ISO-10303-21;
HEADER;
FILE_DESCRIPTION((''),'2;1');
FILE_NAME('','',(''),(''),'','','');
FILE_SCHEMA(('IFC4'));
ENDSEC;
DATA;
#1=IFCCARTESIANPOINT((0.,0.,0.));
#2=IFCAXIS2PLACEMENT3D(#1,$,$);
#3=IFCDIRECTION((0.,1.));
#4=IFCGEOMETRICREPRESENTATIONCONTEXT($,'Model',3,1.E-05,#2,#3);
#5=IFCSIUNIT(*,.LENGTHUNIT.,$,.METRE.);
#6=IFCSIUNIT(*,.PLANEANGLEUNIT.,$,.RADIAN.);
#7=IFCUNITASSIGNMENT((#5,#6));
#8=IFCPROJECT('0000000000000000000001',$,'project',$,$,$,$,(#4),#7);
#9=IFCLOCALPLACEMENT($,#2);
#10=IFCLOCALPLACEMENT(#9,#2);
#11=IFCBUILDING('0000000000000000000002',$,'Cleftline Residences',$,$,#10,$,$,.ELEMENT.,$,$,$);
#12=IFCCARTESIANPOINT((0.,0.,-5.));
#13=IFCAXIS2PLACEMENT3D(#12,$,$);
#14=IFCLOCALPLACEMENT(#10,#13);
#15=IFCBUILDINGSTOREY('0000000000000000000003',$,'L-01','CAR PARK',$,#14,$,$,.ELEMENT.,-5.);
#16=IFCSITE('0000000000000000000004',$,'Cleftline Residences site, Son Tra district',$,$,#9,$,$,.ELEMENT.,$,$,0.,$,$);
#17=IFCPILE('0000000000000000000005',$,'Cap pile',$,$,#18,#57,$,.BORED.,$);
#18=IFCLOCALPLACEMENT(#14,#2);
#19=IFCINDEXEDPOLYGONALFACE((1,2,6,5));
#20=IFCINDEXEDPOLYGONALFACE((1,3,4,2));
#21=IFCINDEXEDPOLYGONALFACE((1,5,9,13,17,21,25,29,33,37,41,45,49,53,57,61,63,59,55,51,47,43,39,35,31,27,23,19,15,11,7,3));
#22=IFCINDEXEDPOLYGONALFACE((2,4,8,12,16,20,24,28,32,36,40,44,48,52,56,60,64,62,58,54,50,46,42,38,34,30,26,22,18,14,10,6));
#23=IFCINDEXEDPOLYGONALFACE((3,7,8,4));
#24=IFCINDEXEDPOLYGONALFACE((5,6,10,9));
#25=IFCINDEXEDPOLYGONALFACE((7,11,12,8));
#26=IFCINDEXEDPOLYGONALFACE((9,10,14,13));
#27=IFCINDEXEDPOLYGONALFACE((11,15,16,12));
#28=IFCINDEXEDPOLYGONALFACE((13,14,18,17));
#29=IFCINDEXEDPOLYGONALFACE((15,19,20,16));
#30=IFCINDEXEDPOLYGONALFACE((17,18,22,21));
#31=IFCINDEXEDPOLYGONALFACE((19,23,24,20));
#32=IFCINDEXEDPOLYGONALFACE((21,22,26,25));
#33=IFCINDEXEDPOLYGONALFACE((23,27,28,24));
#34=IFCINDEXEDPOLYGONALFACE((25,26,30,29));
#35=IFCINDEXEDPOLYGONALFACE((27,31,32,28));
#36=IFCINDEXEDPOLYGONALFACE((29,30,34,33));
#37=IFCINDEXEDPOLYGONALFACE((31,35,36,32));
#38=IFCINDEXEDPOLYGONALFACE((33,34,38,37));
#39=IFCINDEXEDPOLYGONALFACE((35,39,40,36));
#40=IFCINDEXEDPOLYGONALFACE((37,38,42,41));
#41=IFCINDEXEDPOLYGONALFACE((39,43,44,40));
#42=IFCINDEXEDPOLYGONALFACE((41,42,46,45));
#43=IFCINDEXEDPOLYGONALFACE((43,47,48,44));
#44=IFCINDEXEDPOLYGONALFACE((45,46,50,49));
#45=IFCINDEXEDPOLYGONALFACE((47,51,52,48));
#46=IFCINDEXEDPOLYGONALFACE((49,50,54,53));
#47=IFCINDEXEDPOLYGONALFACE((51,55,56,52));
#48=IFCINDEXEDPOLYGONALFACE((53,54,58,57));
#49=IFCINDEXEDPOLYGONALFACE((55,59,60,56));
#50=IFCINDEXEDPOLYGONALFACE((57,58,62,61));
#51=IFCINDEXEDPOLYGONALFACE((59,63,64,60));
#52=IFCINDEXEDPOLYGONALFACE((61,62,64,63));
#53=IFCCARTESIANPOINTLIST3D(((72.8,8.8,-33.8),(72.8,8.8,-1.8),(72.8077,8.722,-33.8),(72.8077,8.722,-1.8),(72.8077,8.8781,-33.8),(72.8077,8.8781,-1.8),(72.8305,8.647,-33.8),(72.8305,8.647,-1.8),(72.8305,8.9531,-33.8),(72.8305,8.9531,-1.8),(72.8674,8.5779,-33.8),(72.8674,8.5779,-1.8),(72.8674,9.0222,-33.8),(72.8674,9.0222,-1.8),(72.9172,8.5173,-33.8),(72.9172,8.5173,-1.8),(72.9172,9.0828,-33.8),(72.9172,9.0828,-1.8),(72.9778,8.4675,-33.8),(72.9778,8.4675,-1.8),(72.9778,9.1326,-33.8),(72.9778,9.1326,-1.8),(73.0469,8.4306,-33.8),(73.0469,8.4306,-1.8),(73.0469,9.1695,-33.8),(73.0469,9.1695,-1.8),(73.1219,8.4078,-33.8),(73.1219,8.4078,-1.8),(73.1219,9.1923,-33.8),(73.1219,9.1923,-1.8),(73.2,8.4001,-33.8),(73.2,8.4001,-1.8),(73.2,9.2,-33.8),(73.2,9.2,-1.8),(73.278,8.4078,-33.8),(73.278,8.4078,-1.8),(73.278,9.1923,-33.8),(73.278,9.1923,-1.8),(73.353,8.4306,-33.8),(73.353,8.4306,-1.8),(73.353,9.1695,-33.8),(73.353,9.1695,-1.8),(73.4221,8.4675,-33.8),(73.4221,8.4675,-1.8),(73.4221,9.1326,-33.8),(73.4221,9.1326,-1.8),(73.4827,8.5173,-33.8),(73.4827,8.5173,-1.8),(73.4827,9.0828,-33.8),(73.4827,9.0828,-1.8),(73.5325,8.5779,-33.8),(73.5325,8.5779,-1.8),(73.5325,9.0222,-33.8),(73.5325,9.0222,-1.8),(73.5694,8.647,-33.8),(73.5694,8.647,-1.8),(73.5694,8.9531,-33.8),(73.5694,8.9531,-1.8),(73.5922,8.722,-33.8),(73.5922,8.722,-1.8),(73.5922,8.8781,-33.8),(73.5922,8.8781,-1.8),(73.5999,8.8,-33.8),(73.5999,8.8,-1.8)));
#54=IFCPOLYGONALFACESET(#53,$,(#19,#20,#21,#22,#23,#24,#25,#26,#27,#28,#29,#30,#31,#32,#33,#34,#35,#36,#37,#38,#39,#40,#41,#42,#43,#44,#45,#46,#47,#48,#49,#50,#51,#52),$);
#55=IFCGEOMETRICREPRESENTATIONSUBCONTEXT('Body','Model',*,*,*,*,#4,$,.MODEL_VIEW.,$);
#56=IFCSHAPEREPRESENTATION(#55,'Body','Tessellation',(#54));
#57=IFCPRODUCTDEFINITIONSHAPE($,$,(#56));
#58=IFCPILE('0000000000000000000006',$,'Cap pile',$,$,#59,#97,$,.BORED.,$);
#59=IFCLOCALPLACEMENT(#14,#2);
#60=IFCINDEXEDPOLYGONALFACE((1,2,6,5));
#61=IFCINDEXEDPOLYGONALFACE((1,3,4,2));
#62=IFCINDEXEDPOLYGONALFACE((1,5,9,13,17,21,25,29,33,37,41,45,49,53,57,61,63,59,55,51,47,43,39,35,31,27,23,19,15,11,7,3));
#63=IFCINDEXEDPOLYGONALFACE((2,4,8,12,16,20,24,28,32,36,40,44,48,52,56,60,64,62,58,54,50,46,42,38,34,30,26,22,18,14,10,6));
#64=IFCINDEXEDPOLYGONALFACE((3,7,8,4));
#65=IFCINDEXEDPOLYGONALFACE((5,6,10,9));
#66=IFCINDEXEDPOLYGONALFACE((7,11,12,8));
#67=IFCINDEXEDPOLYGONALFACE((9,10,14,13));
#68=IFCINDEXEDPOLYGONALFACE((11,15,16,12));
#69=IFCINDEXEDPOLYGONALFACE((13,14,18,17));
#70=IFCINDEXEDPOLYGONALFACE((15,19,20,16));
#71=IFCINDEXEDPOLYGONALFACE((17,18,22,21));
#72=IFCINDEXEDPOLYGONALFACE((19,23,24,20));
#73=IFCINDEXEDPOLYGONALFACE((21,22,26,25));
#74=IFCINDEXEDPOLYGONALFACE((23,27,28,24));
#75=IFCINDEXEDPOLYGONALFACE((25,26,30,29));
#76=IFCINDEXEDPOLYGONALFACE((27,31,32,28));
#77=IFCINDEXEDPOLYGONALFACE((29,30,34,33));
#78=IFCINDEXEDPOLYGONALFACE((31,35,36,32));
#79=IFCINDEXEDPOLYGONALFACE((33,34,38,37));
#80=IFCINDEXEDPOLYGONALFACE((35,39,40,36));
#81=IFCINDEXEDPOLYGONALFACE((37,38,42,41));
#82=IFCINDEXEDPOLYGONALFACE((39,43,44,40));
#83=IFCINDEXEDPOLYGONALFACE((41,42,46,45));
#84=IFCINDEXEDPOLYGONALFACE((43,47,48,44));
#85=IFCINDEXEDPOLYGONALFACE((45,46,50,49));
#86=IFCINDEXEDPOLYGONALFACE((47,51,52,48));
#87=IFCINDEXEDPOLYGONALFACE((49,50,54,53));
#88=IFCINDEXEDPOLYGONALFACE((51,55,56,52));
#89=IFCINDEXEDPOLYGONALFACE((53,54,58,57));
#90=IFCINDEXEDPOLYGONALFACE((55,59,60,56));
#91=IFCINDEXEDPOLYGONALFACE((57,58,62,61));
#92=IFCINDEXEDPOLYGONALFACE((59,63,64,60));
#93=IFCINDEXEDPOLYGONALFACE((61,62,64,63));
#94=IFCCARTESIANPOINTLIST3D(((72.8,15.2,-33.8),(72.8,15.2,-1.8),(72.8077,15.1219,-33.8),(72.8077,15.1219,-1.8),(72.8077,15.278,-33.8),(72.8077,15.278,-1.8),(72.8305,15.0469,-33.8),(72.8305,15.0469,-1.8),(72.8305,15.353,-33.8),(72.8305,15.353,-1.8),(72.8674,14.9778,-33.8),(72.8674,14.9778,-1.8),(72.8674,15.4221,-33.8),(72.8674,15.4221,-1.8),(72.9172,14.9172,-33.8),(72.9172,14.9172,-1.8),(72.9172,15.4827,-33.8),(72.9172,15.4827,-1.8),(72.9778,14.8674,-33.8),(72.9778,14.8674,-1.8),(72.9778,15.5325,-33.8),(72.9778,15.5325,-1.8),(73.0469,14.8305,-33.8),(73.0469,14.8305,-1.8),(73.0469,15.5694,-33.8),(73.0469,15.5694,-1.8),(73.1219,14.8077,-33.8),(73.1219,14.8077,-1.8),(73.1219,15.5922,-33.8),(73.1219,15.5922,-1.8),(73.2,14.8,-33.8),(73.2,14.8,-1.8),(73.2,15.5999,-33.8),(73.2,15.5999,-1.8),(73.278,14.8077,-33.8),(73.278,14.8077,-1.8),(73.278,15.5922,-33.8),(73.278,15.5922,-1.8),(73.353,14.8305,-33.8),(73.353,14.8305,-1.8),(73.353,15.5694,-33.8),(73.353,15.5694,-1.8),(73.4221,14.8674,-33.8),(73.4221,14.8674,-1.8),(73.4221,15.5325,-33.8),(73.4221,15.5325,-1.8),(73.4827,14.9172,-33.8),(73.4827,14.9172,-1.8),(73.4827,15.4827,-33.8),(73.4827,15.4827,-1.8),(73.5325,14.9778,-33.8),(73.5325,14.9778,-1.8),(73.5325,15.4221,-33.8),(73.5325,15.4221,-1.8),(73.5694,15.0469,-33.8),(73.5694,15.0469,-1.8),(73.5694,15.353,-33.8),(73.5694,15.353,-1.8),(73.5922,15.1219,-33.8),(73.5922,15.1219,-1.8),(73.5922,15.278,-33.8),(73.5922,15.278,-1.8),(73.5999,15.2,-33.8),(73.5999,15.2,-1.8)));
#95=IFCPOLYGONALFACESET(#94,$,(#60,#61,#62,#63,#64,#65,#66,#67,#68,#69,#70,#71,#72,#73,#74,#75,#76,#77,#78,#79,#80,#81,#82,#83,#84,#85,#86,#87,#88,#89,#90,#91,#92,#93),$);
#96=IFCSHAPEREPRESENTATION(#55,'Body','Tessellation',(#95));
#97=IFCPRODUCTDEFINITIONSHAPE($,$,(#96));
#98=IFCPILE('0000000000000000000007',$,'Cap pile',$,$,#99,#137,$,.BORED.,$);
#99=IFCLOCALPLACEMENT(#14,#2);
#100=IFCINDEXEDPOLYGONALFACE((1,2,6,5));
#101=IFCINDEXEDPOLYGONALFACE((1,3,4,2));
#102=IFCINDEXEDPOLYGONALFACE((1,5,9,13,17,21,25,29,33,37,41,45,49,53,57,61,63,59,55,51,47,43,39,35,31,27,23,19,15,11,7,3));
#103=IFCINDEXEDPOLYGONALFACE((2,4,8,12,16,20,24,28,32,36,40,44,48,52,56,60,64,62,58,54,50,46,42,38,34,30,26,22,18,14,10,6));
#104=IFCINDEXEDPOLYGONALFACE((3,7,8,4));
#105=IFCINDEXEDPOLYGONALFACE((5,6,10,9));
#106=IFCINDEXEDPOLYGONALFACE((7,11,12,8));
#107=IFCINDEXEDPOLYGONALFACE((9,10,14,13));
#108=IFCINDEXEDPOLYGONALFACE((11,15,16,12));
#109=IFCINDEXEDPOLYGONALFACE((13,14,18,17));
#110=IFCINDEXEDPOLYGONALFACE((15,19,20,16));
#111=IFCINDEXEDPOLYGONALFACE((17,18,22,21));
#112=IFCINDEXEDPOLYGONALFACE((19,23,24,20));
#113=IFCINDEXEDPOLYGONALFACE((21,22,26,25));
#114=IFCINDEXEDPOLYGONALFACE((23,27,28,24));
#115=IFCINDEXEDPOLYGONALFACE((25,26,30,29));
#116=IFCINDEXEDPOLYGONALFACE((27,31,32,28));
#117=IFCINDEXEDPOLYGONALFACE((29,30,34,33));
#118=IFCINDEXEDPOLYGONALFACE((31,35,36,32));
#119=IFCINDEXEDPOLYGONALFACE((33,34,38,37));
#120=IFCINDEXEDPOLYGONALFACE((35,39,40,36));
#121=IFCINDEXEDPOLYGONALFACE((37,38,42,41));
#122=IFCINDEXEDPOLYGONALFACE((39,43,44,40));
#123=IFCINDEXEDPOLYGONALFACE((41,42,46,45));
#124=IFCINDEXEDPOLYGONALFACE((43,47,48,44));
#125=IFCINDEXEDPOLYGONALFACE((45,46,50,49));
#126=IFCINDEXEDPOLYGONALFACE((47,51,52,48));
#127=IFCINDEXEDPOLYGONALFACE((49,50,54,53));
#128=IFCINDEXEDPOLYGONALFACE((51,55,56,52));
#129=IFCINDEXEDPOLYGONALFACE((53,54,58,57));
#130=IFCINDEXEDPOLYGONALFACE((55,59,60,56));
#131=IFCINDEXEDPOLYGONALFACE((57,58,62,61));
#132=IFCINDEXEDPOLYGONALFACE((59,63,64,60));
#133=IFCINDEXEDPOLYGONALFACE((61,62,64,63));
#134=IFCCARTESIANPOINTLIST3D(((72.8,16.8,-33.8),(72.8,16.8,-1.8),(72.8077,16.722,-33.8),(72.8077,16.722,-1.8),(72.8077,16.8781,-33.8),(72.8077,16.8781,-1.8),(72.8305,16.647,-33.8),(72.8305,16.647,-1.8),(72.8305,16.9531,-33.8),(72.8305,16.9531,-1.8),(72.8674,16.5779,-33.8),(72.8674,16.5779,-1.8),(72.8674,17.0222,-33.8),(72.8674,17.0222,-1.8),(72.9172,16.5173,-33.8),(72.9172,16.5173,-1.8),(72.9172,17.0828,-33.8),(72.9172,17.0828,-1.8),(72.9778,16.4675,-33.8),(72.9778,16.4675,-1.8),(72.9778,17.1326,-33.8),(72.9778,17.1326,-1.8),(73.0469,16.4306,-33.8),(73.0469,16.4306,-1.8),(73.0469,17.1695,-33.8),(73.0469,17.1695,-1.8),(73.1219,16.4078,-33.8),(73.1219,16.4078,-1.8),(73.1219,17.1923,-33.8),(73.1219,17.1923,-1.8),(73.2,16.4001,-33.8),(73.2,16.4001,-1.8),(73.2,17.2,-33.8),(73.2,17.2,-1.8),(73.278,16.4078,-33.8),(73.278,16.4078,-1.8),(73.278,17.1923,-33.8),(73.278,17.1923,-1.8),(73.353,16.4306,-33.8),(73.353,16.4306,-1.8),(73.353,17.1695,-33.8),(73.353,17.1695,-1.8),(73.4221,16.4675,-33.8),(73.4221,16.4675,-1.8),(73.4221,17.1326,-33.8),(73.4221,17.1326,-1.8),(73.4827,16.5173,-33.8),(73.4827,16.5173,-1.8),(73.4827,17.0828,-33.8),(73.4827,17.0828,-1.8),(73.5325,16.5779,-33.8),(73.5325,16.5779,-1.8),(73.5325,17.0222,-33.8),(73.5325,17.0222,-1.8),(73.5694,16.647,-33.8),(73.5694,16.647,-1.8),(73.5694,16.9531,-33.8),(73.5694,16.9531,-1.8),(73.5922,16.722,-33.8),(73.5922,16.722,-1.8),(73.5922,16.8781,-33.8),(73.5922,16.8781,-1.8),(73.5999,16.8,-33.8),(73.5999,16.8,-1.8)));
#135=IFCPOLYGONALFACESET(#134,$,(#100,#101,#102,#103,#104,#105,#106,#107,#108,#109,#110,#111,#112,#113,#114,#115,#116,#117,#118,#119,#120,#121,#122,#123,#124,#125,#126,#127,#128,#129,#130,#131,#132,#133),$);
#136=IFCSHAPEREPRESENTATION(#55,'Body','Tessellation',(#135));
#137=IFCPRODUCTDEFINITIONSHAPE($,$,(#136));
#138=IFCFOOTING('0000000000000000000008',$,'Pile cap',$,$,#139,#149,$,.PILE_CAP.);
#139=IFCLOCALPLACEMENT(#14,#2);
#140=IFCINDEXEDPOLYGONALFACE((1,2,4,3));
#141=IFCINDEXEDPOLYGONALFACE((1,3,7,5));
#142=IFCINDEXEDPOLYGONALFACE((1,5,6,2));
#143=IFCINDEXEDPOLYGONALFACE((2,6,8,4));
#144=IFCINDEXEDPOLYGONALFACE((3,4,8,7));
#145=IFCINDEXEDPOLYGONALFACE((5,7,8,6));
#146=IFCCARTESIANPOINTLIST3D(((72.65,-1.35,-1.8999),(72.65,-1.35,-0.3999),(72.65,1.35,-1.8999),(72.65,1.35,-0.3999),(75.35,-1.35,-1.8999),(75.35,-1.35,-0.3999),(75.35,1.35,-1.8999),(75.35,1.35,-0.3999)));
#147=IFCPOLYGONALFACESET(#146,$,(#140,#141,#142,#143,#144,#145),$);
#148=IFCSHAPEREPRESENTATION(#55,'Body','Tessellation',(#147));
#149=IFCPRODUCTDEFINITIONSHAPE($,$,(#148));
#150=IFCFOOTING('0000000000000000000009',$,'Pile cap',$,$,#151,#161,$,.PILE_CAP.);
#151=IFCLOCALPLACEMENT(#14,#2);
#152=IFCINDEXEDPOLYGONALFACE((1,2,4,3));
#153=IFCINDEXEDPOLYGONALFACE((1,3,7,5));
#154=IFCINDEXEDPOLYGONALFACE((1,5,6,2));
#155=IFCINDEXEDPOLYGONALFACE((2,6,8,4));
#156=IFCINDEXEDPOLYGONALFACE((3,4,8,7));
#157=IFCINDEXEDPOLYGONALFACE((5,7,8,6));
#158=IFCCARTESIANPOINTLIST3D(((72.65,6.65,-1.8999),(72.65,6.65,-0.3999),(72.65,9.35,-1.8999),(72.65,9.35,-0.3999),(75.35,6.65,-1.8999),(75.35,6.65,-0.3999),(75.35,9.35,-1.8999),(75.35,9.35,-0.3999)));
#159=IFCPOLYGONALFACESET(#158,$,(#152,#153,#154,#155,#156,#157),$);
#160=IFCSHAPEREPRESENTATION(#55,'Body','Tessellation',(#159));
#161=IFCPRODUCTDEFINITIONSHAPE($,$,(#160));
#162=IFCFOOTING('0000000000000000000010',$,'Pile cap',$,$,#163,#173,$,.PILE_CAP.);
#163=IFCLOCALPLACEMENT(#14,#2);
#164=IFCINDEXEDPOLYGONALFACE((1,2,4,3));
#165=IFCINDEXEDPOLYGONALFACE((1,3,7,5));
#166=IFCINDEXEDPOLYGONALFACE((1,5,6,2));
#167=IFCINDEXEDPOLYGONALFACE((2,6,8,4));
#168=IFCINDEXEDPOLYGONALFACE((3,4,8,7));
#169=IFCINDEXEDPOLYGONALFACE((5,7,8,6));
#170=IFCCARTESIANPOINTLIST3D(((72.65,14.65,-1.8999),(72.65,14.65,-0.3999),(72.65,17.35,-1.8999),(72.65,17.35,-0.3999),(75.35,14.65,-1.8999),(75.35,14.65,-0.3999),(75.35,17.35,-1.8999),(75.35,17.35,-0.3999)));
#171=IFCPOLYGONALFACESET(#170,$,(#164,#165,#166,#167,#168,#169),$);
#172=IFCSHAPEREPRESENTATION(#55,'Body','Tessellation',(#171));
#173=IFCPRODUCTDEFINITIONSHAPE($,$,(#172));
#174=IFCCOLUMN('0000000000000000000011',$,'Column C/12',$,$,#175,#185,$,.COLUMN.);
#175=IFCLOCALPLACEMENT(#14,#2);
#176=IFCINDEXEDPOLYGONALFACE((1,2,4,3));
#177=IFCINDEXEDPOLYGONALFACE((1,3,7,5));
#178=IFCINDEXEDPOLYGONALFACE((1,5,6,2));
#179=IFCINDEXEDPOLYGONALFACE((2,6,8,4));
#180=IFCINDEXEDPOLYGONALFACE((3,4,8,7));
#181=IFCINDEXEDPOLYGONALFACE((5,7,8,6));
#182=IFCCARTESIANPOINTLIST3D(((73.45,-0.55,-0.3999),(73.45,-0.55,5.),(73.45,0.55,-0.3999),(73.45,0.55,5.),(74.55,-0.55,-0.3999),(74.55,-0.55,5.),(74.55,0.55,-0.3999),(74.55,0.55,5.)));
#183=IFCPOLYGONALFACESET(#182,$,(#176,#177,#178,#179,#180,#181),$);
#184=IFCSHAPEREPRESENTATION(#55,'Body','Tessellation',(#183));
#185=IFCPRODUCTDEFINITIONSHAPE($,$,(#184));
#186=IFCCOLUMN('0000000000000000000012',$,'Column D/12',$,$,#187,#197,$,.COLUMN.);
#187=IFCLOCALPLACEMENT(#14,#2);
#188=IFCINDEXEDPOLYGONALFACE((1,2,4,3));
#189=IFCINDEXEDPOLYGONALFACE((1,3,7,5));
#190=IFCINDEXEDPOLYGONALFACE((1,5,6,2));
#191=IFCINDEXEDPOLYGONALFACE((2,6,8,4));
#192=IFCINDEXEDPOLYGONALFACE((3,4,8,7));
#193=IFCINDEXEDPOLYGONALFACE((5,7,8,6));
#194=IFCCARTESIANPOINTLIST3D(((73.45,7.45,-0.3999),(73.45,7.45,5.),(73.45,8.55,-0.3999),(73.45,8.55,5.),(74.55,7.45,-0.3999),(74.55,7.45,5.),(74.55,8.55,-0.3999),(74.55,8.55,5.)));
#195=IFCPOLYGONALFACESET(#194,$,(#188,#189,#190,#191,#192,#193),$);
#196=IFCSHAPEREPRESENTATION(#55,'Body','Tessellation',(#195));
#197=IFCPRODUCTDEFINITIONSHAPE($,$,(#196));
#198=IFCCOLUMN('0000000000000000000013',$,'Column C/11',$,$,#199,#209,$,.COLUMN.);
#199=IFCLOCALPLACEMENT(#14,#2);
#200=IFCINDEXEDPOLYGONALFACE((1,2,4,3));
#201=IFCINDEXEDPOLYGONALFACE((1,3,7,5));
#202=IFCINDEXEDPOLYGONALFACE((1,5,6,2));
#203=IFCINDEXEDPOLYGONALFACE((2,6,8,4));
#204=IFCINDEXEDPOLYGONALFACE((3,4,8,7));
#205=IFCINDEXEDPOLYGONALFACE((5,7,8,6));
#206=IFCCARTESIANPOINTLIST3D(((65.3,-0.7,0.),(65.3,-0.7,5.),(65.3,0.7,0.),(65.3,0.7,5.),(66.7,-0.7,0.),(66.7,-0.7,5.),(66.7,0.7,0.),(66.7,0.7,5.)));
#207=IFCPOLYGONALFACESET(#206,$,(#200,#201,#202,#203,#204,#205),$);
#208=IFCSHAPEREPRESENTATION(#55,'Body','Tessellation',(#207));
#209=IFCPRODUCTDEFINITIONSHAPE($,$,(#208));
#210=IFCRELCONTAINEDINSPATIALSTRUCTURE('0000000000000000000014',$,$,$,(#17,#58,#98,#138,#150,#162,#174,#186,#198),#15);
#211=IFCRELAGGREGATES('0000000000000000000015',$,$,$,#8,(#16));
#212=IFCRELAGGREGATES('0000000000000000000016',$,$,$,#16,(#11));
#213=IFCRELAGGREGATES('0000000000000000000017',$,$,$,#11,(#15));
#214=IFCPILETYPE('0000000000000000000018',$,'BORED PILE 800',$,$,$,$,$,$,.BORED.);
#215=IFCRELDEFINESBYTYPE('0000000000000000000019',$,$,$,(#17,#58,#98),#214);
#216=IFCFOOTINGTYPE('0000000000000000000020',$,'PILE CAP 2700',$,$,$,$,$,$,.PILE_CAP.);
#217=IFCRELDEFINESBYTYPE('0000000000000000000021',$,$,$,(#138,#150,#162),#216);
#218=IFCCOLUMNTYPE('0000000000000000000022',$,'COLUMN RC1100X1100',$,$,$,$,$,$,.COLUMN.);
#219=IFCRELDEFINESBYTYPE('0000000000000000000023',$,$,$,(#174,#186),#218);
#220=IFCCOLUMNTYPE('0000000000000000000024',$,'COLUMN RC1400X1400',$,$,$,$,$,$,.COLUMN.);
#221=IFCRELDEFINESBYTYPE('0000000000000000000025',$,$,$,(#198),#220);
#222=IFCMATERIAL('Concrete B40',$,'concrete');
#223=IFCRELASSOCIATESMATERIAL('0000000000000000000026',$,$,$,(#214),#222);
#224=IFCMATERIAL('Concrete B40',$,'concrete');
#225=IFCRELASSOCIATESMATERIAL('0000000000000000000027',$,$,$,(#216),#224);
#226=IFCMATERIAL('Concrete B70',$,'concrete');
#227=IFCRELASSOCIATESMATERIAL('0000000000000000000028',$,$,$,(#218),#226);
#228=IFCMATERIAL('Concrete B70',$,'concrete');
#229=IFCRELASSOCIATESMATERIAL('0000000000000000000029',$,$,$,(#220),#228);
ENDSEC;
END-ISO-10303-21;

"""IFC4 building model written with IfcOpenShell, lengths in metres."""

from ifc_helpers import new_model, si_unit, direction, frame, origin, origin_2d, place, context, subcontext, project, spatial, rectangle, circle, extrude, material, material_profile, profile_set, type_object, element, save


model = new_model("IFC4")

# Units and contexts
model_context = context("Model", 3, precision=1e-05, world=origin(), true_north=direction((0.0, 1.0)))
body_context = subcontext(model_context, "Body", "Model", "MODEL_VIEW")
ifc_project = project(units=[si_unit("LENGTHUNIT", "METRE"), si_unit("PLANEANGLEUNIT", "RADIAN")], contexts=[model_context])

# Site, building, storey
site_placement = place(None, origin())
site = spatial("IfcSite", under=ifc_project, at=site_placement, Name="Cleftline Residences site, Son Tra district", CompositionType="ELEMENT", RefElevation=0.0)
building_placement = place(site_placement, origin())
building = spatial("IfcBuilding", under=site, at=building_placement, Name="Cleftline Residences", CompositionType="ELEMENT")
storey_placement = place(building_placement, frame((0.0, 0.0, -5.0)))
storey = spatial("IfcBuildingStorey", under=building, at=storey_placement, Name="L-01", Description="CAR PARK", CompositionType="ELEMENT", Elevation=-5.0)

# Piles
ifc_material_1 = material(Name="Concrete B40", Category="concrete")
ifc_material_profile_1 = material_profile(ifc_material_1, circle(Radius=0.3999, at=origin_2d()))
ifc_profile_set_1 = profile_set([ifc_material_profile_1], Name="Concrete B40")
pile_type_1 = type_object("IfcPileType", Name="BORED PILE 800", PredefinedType="BORED", material=ifc_profile_set_1)
for number, where, z_axis, x_axis, name in (
    (1, (73.2, 8.8, -1.8), (0.0, 0.0, -1.0), (1.0, 0.0, 0.0), "Cap pile"),
    (2, (73.2, 15.2, -1.8), (0.0, 0.0, -1.0), (1.0, 0.0, 0.0), "Cap pile"),
    (3, (73.2, 16.8, -1.8), (0.0, 0.0, -1.0), (1.0, 0.0, 0.0), "Cap pile"),
):
    element("IfcPile", number, at=place(storey_placement, frame(where, z_axis=z_axis, x_axis=x_axis)), inside=storey, type_object=pile_type_1, Name=name, PredefinedType="BORED", context=body_context, shape_type="SweptSolid", body=[
        extrude(circle(Radius=0.3999, at=origin_2d()), origin(), (0.0, 0.0, 1.0), 32.0),
    ])

# Footings
ifc_material_2 = material(Name="Concrete B40", Category="concrete")
footing_type = type_object("IfcFootingType", Name="PILE CAP 2700", PredefinedType="PILE_CAP", material=ifc_material_2)
for number, where, z_axis, x_axis, name in (
    (4, (74.0, 0.0, -1.8999), (0.0, 0.0, 1.0), (1.0, 0.0, 0.0), "Pile cap"),
    (5, (74.0, 8.0, -1.8999), (0.0, 0.0, 1.0), (1.0, 0.0, 0.0), "Pile cap"),
    (6, (74.0, 16.0, -1.8999), (0.0, 0.0, 1.0), (1.0, 0.0, 0.0), "Pile cap"),
):
    element("IfcFooting", number, at=place(storey_placement, frame(where, z_axis=z_axis, x_axis=x_axis)), inside=storey, type_object=footing_type, Name=name, PredefinedType="PILE_CAP", context=body_context, shape_type="SweptSolid", body=[
        extrude(rectangle(XDim=2.7, YDim=2.7, at=origin_2d()), origin(), (0.0, 0.0, 1.0), 1.5),
    ])

# Columns
ifc_material_3 = material(Name="Concrete B70", Category="concrete")
ifc_material_profile_2 = material_profile(ifc_material_3, rectangle(XDim=1.1001, YDim=1.1001, at=origin_2d()))
ifc_profile_set_2 = profile_set([ifc_material_profile_2], Name="Concrete B70")
column_type_1 = type_object("IfcColumnType", Name="COLUMN RC1100X1100", PredefinedType="COLUMN", material=ifc_profile_set_2)
for number, where, z_axis, x_axis, name in (
    (7, (74.0, 0.0, -0.3999), (0.0, 0.0, 1.0), (1.0, 0.0, 0.0), "Column C/12"),
    (8, (74.0, 8.0, -0.3999), (0.0, 0.0, 1.0), (1.0, 0.0, 0.0), "Column D/12"),
):
    element("IfcColumn", number, at=place(storey_placement, frame(where, z_axis=z_axis, x_axis=x_axis)), inside=storey, type_object=column_type_1, Name=name, PredefinedType="COLUMN", context=body_context, shape_type="SweptSolid", body=[
        extrude(rectangle(XDim=1.1001, YDim=1.1001, at=origin_2d()), origin(), (0.0, 0.0, 1.0), 5.3999),
    ])
ifc_material_4 = material(Name="Concrete B70", Category="concrete")
ifc_material_profile_3 = material_profile(ifc_material_4, rectangle(XDim=1.3999, YDim=1.3999, at=origin_2d()))
ifc_profile_set_3 = profile_set([ifc_material_profile_3], Name="Concrete B70")
column_type_2 = type_object("IfcColumnType", Name="COLUMN RC1400X1400", PredefinedType="COLUMN", material=ifc_profile_set_3)
column_1_placement = place(storey_placement, frame((66.0, 0.0, 0.0), z_axis=(0.0, 0.0, 1.0), x_axis=(1.0, 0.0, 0.0)))
element("IfcColumn", 9, at=column_1_placement, inside=storey, type_object=column_type_2, Name="Column C/11", PredefinedType="COLUMN", context=body_context, shape_type="SweptSolid", body=[
    extrude(rectangle(XDim=1.3999, YDim=1.3999, at=origin_2d()), origin(), (0.0, 0.0, 1.0), 5.0),
])

save(model, "model.ifc")
